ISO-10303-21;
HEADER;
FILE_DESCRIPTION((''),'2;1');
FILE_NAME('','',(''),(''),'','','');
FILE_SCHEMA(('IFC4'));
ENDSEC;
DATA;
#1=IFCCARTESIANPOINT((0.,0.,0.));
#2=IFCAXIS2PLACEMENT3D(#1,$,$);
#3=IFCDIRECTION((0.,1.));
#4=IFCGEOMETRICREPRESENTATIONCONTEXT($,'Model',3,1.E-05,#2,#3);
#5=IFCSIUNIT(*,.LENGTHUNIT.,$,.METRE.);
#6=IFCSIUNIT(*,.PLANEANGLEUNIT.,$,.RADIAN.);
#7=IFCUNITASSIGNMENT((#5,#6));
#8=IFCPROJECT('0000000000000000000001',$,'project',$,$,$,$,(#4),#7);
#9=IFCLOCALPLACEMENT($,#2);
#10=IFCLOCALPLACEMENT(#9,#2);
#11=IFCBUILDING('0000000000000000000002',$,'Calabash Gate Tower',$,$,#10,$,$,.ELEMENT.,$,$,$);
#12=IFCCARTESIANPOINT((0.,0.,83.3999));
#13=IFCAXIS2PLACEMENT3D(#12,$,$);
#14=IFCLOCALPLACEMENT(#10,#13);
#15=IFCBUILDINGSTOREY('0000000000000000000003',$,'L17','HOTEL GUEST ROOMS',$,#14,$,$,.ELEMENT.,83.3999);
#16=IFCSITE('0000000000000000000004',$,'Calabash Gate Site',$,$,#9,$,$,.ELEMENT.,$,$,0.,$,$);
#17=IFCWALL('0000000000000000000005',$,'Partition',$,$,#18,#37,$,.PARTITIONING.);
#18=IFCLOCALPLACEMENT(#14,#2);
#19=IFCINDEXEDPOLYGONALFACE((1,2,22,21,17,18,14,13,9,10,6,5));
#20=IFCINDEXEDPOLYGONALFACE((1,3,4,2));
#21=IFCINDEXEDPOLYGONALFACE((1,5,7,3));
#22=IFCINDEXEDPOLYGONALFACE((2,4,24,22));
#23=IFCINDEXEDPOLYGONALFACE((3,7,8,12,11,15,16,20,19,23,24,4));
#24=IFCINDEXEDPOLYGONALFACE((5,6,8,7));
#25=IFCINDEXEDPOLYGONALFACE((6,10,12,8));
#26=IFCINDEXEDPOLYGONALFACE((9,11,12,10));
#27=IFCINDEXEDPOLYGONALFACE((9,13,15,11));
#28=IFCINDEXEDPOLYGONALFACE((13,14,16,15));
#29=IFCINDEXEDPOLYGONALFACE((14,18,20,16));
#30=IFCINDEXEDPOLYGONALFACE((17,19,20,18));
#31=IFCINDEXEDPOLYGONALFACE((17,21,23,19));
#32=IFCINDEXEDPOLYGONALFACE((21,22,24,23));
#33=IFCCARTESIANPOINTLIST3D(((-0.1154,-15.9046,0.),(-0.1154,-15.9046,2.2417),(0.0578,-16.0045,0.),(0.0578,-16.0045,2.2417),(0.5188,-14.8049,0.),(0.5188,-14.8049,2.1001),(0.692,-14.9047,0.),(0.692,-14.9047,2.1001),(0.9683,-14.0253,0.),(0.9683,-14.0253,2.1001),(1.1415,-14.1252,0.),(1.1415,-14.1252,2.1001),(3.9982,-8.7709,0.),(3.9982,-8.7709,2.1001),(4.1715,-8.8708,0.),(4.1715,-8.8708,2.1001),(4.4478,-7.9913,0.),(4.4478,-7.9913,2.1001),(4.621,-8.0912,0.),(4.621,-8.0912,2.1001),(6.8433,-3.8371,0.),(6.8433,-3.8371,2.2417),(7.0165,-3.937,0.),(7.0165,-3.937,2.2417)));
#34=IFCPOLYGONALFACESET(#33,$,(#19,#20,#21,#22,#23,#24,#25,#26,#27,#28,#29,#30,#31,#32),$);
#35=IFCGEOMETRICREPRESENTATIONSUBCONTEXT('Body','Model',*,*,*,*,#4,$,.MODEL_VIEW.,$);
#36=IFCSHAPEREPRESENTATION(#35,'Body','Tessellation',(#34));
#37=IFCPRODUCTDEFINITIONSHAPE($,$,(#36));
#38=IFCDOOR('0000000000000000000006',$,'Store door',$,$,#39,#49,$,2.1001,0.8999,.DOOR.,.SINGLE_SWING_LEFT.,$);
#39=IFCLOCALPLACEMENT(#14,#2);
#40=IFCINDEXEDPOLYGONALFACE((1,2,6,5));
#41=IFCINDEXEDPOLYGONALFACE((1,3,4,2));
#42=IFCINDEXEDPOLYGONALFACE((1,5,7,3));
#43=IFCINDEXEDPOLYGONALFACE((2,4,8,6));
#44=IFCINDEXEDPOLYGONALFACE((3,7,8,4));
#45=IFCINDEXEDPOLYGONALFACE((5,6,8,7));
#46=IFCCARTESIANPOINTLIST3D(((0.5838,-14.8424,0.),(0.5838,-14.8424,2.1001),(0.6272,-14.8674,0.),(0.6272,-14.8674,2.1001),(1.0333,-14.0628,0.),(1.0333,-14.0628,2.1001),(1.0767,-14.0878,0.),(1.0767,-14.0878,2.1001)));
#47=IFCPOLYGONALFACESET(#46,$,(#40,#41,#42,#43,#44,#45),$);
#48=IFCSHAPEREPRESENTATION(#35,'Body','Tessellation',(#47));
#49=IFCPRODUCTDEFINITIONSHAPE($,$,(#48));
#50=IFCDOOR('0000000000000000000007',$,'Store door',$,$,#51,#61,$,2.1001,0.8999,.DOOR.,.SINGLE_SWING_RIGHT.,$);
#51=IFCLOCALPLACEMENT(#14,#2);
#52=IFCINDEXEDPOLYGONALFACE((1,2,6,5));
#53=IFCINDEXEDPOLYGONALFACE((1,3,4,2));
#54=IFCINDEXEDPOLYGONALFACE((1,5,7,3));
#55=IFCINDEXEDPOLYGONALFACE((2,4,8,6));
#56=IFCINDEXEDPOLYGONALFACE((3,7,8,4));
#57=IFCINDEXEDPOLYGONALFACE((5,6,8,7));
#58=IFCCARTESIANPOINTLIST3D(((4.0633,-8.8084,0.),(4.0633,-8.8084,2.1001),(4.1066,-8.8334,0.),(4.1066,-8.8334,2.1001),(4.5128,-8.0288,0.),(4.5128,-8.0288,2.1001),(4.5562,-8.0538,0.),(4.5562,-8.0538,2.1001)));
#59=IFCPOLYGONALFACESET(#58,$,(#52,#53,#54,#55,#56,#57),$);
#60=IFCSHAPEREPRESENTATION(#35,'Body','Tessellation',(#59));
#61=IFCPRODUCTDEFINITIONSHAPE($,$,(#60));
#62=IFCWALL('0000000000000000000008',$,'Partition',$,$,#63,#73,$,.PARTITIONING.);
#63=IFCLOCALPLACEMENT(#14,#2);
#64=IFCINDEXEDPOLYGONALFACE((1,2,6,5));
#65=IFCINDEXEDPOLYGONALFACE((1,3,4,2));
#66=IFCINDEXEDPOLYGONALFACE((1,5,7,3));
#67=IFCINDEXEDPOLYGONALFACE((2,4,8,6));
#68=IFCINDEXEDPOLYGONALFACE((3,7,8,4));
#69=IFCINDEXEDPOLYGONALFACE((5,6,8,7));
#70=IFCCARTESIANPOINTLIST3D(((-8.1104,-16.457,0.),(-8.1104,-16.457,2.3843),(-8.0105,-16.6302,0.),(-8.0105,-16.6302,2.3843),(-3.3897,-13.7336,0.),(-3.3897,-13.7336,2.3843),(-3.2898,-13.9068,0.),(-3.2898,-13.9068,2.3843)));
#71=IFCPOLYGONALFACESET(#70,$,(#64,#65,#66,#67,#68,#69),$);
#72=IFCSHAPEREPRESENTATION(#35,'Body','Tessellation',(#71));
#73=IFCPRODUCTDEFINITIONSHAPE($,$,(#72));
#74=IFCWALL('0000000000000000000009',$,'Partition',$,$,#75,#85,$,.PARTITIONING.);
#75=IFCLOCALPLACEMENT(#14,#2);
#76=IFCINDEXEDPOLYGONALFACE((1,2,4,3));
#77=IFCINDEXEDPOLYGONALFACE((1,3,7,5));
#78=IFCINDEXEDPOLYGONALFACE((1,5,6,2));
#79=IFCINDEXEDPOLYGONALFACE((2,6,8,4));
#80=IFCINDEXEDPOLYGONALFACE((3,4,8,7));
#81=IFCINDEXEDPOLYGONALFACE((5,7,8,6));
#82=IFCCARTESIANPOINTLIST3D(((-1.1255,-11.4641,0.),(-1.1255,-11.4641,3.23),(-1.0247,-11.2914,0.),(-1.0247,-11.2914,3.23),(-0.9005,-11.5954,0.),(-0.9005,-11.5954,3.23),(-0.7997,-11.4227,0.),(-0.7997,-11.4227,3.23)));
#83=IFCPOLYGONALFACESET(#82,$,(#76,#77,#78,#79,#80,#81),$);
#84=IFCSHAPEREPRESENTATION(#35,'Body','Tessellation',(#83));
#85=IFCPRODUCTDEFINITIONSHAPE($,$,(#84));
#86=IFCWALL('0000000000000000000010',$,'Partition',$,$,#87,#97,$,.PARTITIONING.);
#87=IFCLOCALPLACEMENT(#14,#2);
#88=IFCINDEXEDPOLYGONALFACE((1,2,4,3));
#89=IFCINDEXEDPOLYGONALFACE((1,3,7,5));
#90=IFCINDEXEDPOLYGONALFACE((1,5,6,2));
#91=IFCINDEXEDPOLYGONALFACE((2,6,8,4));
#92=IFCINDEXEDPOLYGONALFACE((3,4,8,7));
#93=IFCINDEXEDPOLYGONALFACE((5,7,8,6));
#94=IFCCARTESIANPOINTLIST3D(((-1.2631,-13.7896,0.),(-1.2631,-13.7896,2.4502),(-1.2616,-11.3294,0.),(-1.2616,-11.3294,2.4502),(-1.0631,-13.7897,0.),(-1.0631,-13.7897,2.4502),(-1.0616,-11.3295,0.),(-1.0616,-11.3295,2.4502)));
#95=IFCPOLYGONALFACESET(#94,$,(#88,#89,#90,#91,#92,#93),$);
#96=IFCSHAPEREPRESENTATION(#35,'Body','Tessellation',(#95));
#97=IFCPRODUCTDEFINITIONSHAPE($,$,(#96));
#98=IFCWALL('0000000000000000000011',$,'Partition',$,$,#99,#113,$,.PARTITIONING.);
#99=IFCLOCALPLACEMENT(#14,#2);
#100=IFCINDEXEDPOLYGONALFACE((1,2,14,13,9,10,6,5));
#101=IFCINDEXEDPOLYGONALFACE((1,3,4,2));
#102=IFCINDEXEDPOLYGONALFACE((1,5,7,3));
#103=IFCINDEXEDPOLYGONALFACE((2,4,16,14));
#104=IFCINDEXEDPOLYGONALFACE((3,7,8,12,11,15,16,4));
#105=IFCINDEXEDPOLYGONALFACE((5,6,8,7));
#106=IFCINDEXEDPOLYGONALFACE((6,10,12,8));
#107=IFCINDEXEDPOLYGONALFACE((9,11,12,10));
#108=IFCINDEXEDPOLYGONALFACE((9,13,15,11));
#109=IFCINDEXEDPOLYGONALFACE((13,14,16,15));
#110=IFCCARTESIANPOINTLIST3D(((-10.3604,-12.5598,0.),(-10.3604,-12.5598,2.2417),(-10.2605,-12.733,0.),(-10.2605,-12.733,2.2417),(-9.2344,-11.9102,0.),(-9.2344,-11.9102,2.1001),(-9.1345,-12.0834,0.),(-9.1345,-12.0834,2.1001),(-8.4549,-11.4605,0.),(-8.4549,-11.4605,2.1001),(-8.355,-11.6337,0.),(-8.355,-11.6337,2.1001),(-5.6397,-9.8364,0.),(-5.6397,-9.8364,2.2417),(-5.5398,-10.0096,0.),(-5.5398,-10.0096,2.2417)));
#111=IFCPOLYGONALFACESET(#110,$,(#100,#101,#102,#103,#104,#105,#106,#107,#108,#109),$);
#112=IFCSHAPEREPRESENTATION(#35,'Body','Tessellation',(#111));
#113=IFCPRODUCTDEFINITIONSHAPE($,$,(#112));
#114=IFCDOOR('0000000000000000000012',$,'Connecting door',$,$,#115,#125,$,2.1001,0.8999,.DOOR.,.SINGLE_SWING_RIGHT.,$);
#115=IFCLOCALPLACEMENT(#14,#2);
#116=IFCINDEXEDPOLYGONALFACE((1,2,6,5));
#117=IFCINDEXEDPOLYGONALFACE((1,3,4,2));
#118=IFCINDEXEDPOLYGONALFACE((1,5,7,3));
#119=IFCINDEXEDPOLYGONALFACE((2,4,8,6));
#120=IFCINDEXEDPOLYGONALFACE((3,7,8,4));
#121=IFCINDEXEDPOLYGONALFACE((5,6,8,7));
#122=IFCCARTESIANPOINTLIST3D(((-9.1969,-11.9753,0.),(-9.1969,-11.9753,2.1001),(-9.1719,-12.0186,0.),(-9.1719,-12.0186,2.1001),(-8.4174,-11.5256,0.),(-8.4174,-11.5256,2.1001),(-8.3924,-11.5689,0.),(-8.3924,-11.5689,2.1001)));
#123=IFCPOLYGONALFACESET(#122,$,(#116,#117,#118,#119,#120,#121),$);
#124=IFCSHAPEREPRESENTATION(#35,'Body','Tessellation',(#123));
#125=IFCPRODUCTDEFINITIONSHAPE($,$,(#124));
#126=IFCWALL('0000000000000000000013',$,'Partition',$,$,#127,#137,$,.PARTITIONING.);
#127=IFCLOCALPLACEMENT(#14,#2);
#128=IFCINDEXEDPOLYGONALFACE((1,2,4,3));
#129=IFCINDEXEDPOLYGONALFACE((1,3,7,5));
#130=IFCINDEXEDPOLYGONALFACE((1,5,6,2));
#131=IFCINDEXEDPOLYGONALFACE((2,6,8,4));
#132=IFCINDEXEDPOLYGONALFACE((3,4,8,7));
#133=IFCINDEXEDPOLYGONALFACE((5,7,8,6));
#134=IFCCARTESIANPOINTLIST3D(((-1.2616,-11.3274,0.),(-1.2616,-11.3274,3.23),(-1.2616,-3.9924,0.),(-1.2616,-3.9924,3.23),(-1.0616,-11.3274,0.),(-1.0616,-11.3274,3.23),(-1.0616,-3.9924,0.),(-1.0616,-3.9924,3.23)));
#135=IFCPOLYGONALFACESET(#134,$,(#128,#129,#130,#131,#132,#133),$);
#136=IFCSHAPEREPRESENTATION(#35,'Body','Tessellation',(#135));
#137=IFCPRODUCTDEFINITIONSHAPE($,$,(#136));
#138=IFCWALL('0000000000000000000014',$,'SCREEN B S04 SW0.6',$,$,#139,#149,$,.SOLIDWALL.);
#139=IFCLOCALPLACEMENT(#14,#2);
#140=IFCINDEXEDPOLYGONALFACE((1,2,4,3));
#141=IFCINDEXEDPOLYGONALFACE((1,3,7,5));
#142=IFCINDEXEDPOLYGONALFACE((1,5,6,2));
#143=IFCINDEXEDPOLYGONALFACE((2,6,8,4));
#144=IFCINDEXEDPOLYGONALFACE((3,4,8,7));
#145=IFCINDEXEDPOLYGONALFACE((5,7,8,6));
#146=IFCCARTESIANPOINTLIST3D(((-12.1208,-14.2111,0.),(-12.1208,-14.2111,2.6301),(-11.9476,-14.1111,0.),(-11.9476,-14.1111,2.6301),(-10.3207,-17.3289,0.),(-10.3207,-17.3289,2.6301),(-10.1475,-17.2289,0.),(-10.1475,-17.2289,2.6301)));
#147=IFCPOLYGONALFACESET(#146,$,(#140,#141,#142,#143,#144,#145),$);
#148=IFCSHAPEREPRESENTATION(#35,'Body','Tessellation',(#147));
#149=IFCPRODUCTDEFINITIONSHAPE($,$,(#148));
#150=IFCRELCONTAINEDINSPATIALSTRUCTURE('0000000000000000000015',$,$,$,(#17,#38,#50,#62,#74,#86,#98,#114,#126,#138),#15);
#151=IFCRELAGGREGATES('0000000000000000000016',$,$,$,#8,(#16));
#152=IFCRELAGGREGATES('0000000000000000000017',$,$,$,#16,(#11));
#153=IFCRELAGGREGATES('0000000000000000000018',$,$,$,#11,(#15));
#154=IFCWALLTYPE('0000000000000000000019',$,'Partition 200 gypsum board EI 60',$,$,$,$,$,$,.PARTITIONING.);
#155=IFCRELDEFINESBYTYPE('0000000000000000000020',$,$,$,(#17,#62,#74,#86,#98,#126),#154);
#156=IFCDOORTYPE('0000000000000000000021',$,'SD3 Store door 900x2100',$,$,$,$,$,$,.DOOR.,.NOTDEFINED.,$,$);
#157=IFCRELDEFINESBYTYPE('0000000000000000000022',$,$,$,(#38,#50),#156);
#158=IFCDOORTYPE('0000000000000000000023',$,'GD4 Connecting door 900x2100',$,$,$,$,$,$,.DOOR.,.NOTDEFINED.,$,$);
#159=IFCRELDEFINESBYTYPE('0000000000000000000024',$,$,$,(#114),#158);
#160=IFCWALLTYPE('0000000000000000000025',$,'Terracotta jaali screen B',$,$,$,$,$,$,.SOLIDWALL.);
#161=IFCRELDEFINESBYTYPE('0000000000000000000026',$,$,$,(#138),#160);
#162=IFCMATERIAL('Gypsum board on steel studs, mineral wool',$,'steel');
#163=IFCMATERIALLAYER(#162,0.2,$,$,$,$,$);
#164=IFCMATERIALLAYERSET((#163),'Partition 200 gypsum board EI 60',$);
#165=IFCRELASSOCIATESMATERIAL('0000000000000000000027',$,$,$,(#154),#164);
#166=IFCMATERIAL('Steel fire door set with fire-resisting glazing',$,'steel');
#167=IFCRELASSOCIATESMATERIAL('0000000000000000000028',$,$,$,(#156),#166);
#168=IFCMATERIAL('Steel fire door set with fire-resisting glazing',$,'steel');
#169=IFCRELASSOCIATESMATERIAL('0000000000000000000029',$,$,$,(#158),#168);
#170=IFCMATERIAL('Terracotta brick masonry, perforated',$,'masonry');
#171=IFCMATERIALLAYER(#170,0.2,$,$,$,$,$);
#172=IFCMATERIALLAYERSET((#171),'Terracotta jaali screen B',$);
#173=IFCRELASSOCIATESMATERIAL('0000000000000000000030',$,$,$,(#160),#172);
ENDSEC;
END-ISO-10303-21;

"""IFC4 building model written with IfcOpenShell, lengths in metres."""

from ifc_helpers import new_model, si_unit, direction, frame, frame_2d, origin, place, context, subcontext, project, spatial, rectangle, extrude, material, layer, layer_set, type_object, element, fill, save


model = new_model("IFC4")

# Units and contexts
model_context = context("Model", 3, precision=1e-05, world=origin(), true_north=direction((0.0, 1.0)))
body_context = subcontext(model_context, "Body", "Model", "MODEL_VIEW")
ifc_project = project(units=[si_unit("LENGTHUNIT", "METRE"), si_unit("PLANEANGLEUNIT", "RADIAN")], contexts=[model_context])

# Site, building, storey
site_placement = place(None, origin())
site = spatial("IfcSite", under=ifc_project, at=site_placement, Name="Calabash Gate Site", CompositionType="ELEMENT", RefElevation=0.0)
building_placement = place(site_placement, origin())
building = spatial("IfcBuilding", under=site, at=building_placement, Name="Calabash Gate Tower", CompositionType="ELEMENT")
storey_placement = place(building_placement, frame((0.0, 0.0, 83.3999)))
storey = spatial("IfcBuildingStorey", under=building, at=storey_placement, Name="L17", Description="HOTEL GUEST ROOMS", CompositionType="ELEMENT", Elevation=83.3999)

# Wall, openings, doors
ifc_material_1 = material(Name="Gypsum board on steel studs, mineral wool", Category="steel")
ifc_layer_1 = layer(ifc_material_1, 0.2)
ifc_layer_set_1 = layer_set([ifc_layer_1], Name="Partition 200 gypsum board EI 60")
wall_type_1 = type_object("IfcWallType", Name="Partition 200 gypsum board EI 60", PredefinedType="PARTITIONING", material=ifc_layer_set_1)
wall_1_placement = place(storey_placement, frame((-0.0288, -15.9546, 0.0), z_axis=(0.0, 0.0, 1.0), x_axis=(0.499542, 0.86629, 0.0)))
wall_1 = element("IfcWall", 1, at=wall_1_placement, inside=storey, type_object=wall_type_1, Name="Partition", PredefinedType="PARTITIONING", context=body_context, shape_type="SweptSolid", body=[
    extrude(rectangle(XDim=13.9302, YDim=0.2, at=frame_2d((6.9651, 0.0))), origin(), (0.0, 0.0, 1.0), 2.2417),
])
opening_1_placement = place(wall_1_placement, frame((1.2695, 0.0, 0.0)))
opening_1 = element("IfcOpeningElement", 2, at=opening_1_placement, cuts=wall_1, PredefinedType="OPENING", context=body_context, shape_type="SweptSolid", body=[
    extrude(rectangle(XDim=0.8999, YDim=2.1001, at=frame_2d((0.45, 1.05))), frame((0.0, 0.1099, 0.0), z_axis=(0.0, -1.0, 0.0), x_axis=(1.0, 0.0, 0.0)), (0.0, 0.0, 1.0), 0.22),
])
opening_2_placement = place(wall_1_placement, frame((8.2349, 0.0, 0.0)))
opening_2 = element("IfcOpeningElement", 3, at=opening_2_placement, cuts=wall_1, PredefinedType="OPENING", context=body_context, shape_type="SweptSolid", body=[
    extrude(rectangle(XDim=0.8999, YDim=2.1001, at=frame_2d((0.45, 1.05))), frame((0.0, 0.1099, 0.0), z_axis=(0.0, -1.0, 0.0), x_axis=(1.0, 0.0, 0.0)), (0.0, 0.0, 1.0), 0.22),
])
ifc_material_2 = material(Name="Steel fire door set with fire-resisting glazing", Category="steel")
door_type_1 = type_object("IfcDoorType", Name="SD3 Store door 900x2100", OperationType="NOTDEFINED", PredefinedType="DOOR", material=ifc_material_2)
door_1_placement = place(opening_1_placement, origin())
door_1 = element("IfcDoor", 4, at=door_1_placement, inside=storey, type_object=door_type_1, Name="Store door", OperationType="SINGLE_SWING_LEFT", OverallHeight=2.1001, OverallWidth=0.8999, PredefinedType="DOOR", context=body_context, shape_type="SweptSolid", body=[
    extrude(rectangle(XDim=0.8999, YDim=2.1001, at=frame_2d((0.45, 1.05))), frame((0.0, 0.0249, 0.0), z_axis=(0.0, -1.0, 0.0), x_axis=(1.0, 0.0, 0.0)), (0.0, 0.0, 1.0), 0.05),
])
fill(opening_1, door_1)
door_2_placement = place(opening_2_placement, origin())
door_2 = element("IfcDoor", 5, at=door_2_placement, inside=storey, type_object=door_type_1, Name="Store door", OperationType="SINGLE_SWING_RIGHT", OverallHeight=2.1001, OverallWidth=0.8999, PredefinedType="DOOR", context=body_context, shape_type="SweptSolid", body=[
    extrude(rectangle(XDim=0.8999, YDim=2.1001, at=frame_2d((0.45, 1.05))), frame((0.0, 0.0249, 0.0), z_axis=(0.0, -1.0, 0.0), x_axis=(1.0, 0.0, 0.0)), (0.0, 0.0, 1.0), 0.05),
])
fill(opening_2, door_2)

# Walls
wall_2_placement = place(storey_placement, frame((-8.0605, -16.5437, 0.0), z_axis=(0.0, 0.0, 1.0), x_axis=(0.866193, 0.49971, 0.0)))
element("IfcWall", 6, at=wall_2_placement, inside=storey, type_object=wall_type_1, Name="Partition", PredefinedType="PARTITIONING", context=body_context, shape_type="SweptSolid", body=[
    extrude(rectangle(XDim=5.45, YDim=0.2, at=frame_2d((2.7251, 0.0))), origin(), (0.0, 0.0, 1.0), 2.3843),
])
wall_3_placement = place(storey_placement, frame((-1.0752, -11.3777, 0.0), z_axis=(0.0, 0.0, 1.0), x_axis=(0.863711, -0.503988, 0.0)))
element("IfcWall", 7, at=wall_3_placement, inside=storey, type_object=wall_type_1, Name="Partition", PredefinedType="PARTITIONING", context=body_context, shape_type="SweptSolid", body=[
    extrude(rectangle(XDim=0.2605, YDim=0.2, at=frame_2d((0.1304, 0.0))), origin(), (0.0, 0.0, 1.0), 3.23),
])
wall_4_placement = place(storey_placement, frame((-1.1631, -13.7896, 0.0), z_axis=(0.0, 0.0, 1.0), x_axis=(0.000595, 1.0, 0.0)))
element("IfcWall", 8, at=wall_4_placement, inside=storey, type_object=wall_type_1, Name="Partition", PredefinedType="PARTITIONING", context=body_context, shape_type="SweptSolid", body=[
    extrude(rectangle(XDim=2.4602, YDim=0.2, at=frame_2d((1.23, 0.0))), origin(), (0.0, 0.0, 1.0), 2.4502),
])

# Wall, opening, door
wall_5_placement = place(storey_placement, frame((-10.3105, -12.6465, 0.0), z_axis=(0.0, 0.0, 1.0), x_axis=(0.866193, 0.49971, 0.0)))
wall_5 = element("IfcWall", 9, at=wall_5_placement, inside=storey, type_object=wall_type_1, Name="Partition", PredefinedType="PARTITIONING", context=body_context, shape_type="SweptSolid", body=[
    extrude(rectangle(XDim=5.45, YDim=0.2, at=frame_2d((2.7251, 0.0))), origin(), (0.0, 0.0, 1.0), 2.2417),
])
opening_3_placement = place(wall_5_placement, frame((1.3, 0.0, 0.0)))
opening_3 = element("IfcOpeningElement", 10, at=opening_3_placement, cuts=wall_5, PredefinedType="OPENING", context=body_context, shape_type="SweptSolid", body=[
    extrude(rectangle(XDim=0.8999, YDim=2.1001, at=frame_2d((0.45, 1.05))), frame((0.0, 0.1099, 0.0), z_axis=(0.0, -1.0, 0.0), x_axis=(1.0, 0.0, 0.0)), (0.0, 0.0, 1.0), 0.22),
])
ifc_material_3 = material(Name="Steel fire door set with fire-resisting glazing", Category="steel")
door_type_2 = type_object("IfcDoorType", Name="GD4 Connecting door 900x2100", OperationType="NOTDEFINED", PredefinedType="DOOR", material=ifc_material_3)
door_3_placement = place(opening_3_placement, origin())
door_3 = element("IfcDoor", 11, at=door_3_placement, inside=storey, type_object=door_type_2, Name="Connecting door", OperationType="SINGLE_SWING_RIGHT", OverallHeight=2.1001, OverallWidth=0.8999, PredefinedType="DOOR", context=body_context, shape_type="SweptSolid", body=[
    extrude(rectangle(XDim=0.8999, YDim=2.1001, at=frame_2d((0.45, 1.05))), frame((0.0, 0.0249, 0.0), z_axis=(0.0, -1.0, 0.0), x_axis=(1.0, 0.0, 0.0)), (0.0, 0.0, 1.0), 0.05),
])
fill(opening_3, door_3)

# Walls
wall_6_placement = place(storey_placement, frame((-1.1616, -11.3274, 0.0), z_axis=(0.0, 0.0, 1.0), x_axis=(0.0, 1.0, 0.0)))
element("IfcWall", 12, at=wall_6_placement, inside=storey, type_object=wall_type_1, Name="Partition", PredefinedType="PARTITIONING", context=body_context, shape_type="SweptSolid", body=[
    extrude(rectangle(XDim=7.335, YDim=0.2, at=frame_2d((3.6675, 0.0))), origin(), (0.0, 0.0, 1.0), 3.23),
])
ifc_material_4 = material(Name="Terracotta brick masonry, perforated", Category="masonry")
ifc_layer_2 = layer(ifc_material_4, 0.2)
ifc_layer_set_2 = layer_set([ifc_layer_2], Name="Terracotta jaali screen B")
wall_type_2 = type_object("IfcWallType", Name="Terracotta jaali screen B", PredefinedType="SOLIDWALL", material=ifc_layer_set_2)
wall_7_placement = place(storey_placement, frame((-12.0342, -14.1611, 0.0), z_axis=(0.0, 0.0, 1.0), x_axis=(0.500012, -0.866018, 0.0)))
element("IfcWall", 13, at=wall_7_placement, inside=storey, type_object=wall_type_2, Name="SCREEN B S04 SW0.6", PredefinedType="SOLIDWALL", context=body_context, shape_type="SweptSolid", body=[
    extrude(rectangle(XDim=3.6001, YDim=0.2, at=frame_2d((1.8, 0.0))), origin(), (0.0, 0.0, 1.0), 2.6301),
])

save(model, "model.ifc")
